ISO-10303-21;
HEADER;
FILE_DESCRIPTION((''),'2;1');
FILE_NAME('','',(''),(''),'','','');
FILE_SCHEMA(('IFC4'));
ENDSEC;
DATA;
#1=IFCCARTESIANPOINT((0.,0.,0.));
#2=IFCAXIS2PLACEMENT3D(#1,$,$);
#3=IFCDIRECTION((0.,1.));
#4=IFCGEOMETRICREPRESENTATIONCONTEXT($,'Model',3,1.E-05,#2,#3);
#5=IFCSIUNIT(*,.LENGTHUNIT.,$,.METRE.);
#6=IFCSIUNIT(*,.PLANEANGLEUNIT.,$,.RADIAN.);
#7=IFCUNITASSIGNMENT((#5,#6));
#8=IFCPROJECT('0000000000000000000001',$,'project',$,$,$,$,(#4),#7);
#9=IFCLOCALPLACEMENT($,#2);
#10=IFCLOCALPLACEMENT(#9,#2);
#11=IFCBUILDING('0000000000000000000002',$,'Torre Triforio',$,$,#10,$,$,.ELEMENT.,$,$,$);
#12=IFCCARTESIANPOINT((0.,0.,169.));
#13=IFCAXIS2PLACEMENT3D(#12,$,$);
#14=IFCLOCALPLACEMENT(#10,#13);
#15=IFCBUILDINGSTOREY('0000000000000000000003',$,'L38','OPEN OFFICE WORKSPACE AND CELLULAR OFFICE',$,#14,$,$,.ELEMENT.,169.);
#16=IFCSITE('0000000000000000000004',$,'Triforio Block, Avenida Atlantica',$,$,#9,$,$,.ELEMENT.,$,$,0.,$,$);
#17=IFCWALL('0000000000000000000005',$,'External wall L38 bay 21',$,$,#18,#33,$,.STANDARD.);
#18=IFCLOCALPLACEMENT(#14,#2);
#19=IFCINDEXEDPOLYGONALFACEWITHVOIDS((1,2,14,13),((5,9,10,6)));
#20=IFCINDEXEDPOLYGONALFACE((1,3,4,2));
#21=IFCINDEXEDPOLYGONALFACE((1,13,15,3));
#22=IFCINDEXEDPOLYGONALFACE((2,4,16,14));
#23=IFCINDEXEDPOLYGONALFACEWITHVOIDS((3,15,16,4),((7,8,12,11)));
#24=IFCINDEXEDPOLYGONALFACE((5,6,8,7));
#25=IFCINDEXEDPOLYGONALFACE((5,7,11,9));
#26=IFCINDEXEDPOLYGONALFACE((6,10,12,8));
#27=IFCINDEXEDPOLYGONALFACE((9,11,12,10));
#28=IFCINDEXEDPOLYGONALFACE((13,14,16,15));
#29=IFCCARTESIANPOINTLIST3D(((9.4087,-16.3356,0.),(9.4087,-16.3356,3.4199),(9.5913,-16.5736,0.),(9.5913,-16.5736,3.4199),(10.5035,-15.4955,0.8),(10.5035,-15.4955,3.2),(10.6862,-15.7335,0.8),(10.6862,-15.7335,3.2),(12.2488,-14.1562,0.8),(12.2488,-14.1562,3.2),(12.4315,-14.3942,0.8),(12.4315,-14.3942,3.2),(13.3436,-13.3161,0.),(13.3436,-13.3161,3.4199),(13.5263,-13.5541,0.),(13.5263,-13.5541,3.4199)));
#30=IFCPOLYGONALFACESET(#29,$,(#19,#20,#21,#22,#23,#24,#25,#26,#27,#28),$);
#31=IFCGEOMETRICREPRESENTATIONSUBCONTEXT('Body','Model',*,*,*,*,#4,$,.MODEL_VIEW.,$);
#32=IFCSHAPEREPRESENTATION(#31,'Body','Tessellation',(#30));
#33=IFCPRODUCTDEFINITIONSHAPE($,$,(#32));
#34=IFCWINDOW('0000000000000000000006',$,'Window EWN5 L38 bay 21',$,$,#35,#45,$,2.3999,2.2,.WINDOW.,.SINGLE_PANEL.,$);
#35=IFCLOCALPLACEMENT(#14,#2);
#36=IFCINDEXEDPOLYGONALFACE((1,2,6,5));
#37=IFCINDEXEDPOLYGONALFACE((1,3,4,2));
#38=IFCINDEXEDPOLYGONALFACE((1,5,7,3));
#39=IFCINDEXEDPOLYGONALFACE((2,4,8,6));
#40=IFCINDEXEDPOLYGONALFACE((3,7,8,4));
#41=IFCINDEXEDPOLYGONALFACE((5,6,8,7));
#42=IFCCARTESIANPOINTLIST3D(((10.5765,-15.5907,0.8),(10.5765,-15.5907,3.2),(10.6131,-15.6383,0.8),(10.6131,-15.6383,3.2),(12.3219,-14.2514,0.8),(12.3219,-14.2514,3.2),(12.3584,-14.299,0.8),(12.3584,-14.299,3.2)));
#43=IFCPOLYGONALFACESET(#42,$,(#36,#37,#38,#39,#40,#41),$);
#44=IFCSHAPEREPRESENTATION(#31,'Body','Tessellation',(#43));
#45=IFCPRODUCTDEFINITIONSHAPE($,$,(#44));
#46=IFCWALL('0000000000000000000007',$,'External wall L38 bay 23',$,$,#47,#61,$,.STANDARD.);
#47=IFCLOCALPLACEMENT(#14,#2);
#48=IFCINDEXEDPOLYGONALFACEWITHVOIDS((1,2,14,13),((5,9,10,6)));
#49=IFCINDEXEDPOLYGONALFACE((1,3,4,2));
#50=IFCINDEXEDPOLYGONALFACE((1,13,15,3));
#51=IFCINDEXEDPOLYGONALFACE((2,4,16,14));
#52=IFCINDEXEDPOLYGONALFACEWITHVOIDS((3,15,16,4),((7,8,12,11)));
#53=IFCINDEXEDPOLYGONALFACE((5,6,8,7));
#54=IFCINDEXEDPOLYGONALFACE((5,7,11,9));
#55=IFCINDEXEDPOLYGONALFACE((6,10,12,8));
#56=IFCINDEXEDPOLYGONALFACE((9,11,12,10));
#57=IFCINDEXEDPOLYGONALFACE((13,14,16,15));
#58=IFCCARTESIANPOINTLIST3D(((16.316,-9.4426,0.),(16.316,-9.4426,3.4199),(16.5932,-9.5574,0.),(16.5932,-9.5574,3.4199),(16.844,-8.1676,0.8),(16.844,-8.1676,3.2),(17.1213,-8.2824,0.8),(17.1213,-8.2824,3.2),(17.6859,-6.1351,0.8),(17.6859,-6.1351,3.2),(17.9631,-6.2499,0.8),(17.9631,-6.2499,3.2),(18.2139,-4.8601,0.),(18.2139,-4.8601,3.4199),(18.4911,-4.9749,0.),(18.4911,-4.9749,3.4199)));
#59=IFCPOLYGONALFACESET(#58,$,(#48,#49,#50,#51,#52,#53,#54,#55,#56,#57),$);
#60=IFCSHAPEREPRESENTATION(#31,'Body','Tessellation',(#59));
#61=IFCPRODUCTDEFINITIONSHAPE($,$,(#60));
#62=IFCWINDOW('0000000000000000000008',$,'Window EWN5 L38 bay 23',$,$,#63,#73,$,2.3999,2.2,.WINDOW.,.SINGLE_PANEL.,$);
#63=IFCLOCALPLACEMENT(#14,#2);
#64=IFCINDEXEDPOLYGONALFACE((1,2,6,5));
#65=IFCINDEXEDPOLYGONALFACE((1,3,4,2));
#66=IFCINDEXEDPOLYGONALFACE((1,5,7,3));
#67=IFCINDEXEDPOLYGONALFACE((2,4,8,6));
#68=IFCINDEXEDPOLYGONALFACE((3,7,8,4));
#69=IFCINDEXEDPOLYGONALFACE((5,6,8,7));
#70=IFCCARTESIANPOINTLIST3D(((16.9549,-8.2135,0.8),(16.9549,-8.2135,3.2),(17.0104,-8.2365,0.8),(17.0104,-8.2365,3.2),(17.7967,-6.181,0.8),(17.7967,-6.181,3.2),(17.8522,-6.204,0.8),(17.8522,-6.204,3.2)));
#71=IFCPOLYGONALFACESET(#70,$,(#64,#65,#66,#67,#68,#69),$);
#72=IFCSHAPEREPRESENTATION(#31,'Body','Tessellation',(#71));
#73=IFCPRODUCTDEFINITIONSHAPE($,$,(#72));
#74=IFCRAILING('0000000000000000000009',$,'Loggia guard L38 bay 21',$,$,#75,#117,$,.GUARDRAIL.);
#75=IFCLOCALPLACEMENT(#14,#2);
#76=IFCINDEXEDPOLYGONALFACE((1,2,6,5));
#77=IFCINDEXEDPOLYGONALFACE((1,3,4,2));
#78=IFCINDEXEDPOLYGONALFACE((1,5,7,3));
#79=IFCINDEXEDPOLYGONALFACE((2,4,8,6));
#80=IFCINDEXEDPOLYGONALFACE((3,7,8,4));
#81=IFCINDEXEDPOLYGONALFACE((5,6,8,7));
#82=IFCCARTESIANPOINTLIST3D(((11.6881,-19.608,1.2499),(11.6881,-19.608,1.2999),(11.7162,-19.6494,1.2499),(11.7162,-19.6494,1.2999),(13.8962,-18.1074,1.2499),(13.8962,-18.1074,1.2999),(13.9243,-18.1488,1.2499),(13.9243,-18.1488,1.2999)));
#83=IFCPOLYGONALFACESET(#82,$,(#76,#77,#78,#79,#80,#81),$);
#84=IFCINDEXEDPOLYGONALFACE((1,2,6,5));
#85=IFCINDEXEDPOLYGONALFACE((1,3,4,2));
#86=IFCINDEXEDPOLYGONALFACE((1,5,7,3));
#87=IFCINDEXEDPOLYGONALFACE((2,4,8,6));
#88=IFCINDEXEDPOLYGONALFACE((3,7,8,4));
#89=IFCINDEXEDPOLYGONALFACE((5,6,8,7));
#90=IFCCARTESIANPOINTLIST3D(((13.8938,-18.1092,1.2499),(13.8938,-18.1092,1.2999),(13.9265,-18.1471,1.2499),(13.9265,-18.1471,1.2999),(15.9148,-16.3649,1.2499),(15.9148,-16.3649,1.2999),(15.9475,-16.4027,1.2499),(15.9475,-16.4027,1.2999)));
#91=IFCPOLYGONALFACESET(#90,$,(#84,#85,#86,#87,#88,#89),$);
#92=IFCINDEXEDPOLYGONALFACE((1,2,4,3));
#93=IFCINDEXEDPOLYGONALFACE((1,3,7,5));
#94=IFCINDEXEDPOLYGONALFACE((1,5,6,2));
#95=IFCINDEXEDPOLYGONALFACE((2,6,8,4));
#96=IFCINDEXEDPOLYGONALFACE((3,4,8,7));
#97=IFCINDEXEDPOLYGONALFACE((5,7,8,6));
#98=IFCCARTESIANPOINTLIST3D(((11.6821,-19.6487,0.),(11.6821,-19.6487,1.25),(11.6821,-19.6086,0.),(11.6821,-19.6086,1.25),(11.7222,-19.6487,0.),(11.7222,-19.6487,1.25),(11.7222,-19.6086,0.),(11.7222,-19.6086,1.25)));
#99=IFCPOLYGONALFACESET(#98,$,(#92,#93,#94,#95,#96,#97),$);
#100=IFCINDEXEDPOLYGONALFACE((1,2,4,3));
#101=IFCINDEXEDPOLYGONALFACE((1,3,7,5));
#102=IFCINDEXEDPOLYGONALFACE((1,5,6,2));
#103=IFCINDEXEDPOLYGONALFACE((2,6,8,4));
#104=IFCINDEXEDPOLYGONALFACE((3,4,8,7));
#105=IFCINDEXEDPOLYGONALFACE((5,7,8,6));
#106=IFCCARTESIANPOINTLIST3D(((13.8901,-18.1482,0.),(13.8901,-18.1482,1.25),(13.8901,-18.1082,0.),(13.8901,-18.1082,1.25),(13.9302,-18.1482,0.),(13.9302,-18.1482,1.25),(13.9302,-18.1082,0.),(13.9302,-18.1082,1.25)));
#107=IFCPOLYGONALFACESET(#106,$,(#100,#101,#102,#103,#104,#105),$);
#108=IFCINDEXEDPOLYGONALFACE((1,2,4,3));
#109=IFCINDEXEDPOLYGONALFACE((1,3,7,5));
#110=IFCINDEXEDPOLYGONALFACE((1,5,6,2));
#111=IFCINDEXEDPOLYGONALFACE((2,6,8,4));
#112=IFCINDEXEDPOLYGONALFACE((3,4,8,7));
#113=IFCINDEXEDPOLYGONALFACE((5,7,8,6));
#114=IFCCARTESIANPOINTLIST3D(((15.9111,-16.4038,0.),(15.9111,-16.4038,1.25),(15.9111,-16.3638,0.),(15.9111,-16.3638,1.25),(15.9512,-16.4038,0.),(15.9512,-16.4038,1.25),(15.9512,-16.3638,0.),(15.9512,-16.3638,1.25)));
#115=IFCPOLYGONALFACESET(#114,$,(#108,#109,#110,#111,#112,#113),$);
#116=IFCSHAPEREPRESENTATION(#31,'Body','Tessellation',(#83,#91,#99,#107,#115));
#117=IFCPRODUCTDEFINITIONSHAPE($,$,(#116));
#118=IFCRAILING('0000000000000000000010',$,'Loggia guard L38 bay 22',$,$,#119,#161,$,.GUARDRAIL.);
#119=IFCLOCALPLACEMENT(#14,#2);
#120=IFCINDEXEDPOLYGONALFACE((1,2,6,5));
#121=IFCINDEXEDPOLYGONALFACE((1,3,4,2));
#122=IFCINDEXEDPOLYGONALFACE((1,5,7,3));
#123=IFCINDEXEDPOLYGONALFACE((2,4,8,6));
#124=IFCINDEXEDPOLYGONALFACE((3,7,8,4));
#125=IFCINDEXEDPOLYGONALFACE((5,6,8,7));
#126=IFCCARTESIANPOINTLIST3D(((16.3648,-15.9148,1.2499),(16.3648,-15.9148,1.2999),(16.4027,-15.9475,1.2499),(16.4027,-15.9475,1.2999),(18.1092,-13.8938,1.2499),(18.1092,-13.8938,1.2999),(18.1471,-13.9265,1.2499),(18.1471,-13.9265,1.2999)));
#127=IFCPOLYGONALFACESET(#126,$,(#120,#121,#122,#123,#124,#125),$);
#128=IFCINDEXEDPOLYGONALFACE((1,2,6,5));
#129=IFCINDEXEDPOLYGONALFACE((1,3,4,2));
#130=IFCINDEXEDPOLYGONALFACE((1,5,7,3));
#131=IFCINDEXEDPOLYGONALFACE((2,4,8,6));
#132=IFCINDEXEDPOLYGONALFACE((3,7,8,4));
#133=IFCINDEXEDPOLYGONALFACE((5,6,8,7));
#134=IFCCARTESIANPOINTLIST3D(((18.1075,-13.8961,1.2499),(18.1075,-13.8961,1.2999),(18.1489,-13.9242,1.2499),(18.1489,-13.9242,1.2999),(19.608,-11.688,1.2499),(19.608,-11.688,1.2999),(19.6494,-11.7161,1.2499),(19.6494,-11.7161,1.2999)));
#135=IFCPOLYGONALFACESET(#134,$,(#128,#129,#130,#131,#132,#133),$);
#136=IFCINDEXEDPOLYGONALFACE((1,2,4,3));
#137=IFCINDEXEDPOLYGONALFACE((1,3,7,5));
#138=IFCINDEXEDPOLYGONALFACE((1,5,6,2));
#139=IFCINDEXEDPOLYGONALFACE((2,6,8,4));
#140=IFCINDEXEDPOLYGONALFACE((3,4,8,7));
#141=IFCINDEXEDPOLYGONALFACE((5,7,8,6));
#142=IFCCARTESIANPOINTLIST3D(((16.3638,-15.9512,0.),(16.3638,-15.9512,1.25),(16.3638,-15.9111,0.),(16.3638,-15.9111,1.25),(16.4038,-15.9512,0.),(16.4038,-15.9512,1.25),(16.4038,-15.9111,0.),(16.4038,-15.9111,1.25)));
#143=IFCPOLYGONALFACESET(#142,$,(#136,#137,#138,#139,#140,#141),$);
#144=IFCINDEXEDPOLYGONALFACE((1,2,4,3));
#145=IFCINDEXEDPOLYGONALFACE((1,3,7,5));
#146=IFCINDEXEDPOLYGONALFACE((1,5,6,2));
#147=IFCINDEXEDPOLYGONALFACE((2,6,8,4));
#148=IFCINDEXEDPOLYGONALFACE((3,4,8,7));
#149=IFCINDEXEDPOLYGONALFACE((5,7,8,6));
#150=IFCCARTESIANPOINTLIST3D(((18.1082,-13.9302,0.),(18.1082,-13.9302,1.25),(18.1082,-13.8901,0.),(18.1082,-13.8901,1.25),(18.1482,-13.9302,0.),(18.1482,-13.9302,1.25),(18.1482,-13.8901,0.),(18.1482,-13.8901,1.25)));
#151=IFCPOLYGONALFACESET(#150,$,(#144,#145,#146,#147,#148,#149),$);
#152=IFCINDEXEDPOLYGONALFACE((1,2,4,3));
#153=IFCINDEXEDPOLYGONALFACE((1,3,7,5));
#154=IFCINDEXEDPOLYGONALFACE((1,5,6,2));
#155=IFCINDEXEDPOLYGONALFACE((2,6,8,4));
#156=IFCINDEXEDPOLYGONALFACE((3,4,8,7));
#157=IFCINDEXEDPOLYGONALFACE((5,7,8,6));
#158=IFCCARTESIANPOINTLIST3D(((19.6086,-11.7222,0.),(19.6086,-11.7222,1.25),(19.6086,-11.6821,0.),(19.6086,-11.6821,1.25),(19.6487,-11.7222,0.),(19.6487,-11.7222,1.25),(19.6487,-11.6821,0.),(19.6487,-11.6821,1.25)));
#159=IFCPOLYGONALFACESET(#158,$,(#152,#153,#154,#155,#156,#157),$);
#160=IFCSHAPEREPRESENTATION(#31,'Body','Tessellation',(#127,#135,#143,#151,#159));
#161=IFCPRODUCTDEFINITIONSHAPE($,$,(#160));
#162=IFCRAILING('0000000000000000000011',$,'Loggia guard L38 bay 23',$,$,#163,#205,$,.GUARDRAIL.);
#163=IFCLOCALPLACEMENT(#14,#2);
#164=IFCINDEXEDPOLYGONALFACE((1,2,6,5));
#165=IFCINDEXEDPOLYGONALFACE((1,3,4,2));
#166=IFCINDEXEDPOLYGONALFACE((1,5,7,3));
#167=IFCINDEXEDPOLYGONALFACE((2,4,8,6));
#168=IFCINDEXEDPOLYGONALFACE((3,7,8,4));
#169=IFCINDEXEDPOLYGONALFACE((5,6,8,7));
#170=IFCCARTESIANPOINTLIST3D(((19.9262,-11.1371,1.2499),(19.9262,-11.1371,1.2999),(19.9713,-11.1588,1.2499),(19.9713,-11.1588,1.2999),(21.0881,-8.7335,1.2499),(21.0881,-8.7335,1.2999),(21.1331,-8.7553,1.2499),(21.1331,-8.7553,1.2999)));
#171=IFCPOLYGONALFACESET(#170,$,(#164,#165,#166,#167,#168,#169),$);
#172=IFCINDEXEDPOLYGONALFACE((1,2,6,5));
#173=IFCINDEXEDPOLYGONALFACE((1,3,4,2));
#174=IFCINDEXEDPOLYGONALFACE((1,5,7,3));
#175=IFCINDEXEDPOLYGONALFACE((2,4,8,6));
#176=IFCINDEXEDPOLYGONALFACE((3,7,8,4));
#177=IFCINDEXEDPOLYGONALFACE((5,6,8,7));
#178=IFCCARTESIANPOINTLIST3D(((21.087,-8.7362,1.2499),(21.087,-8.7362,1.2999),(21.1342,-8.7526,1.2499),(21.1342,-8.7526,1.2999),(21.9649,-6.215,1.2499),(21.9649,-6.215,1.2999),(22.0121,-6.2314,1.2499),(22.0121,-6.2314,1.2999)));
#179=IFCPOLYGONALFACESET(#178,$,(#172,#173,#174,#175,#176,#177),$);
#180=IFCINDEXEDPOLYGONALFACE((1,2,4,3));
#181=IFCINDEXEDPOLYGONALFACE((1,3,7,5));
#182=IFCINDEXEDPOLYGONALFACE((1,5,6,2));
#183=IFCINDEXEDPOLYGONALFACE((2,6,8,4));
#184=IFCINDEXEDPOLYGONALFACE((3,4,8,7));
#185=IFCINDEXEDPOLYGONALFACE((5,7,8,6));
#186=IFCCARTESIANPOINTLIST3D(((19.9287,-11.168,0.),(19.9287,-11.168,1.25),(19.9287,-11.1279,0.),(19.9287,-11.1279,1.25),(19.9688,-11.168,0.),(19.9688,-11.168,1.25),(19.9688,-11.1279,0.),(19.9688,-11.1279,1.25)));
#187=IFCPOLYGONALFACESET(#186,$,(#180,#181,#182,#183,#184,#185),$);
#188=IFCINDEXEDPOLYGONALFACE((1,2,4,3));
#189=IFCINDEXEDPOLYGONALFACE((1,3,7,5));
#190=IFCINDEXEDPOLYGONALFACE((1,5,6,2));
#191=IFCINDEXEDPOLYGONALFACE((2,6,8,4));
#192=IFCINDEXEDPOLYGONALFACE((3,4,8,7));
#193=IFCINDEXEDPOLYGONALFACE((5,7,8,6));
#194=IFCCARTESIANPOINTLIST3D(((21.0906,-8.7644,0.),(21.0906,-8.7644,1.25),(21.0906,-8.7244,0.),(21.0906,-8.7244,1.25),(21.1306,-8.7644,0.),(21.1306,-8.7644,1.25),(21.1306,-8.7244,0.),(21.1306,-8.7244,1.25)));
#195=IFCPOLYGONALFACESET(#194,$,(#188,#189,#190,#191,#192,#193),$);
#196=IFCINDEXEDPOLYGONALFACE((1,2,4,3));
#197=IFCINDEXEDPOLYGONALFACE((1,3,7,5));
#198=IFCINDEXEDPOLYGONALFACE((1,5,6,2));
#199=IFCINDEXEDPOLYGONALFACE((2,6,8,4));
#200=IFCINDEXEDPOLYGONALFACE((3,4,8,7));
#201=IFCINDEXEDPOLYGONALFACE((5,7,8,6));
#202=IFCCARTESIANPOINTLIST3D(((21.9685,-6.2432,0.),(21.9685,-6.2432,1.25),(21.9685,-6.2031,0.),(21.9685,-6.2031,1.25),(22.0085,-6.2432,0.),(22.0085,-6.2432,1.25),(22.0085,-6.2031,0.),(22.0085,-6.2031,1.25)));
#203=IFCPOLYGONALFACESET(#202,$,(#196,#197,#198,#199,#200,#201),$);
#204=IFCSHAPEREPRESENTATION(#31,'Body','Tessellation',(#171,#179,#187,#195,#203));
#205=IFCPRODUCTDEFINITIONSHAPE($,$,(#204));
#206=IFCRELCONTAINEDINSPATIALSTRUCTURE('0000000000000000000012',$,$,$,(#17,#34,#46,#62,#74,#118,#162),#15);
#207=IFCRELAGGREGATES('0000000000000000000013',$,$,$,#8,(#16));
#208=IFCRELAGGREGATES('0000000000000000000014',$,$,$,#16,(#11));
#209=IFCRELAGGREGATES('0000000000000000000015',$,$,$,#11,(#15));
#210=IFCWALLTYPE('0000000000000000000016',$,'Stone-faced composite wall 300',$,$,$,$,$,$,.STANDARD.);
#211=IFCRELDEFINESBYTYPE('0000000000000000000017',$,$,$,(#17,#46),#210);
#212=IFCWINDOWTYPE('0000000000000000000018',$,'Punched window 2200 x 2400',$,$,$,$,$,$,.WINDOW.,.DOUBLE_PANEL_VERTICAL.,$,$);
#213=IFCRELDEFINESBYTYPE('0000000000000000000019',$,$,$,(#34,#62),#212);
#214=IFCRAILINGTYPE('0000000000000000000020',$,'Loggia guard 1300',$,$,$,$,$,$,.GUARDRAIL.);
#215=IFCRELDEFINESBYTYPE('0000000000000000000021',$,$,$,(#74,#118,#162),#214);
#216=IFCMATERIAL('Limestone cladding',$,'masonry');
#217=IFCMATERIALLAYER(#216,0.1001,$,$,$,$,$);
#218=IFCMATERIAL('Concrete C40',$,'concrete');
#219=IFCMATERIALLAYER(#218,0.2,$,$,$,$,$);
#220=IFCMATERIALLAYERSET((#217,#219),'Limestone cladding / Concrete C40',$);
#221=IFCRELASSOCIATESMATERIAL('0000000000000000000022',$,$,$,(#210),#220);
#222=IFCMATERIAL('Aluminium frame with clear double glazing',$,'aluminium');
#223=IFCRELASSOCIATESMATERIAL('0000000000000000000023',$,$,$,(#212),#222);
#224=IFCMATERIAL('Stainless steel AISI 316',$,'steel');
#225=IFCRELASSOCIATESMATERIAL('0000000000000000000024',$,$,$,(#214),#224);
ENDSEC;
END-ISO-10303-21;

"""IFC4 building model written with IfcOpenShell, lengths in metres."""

from ifc_helpers import new_model, si_unit, direction, frame, frame_2d, origin, origin_2d, place, context, subcontext, project, spatial, rectangle, extrude, material, layer, layer_set, type_object, element, fill, save


model = new_model("IFC4")

# Units and contexts
model_context = context("Model", 3, precision=1e-05, world=origin(), true_north=direction((0.0, 1.0)))
body_context = subcontext(model_context, "Body", "Model", "MODEL_VIEW")
ifc_project = project(units=[si_unit("LENGTHUNIT", "METRE"), si_unit("PLANEANGLEUNIT", "RADIAN")], contexts=[model_context])

# Site, building, storey
site_placement = place(None, origin())
site = spatial("IfcSite", under=ifc_project, at=site_placement, Name="Triforio Block, Avenida Atlantica", CompositionType="ELEMENT", RefElevation=0.0)
building_placement = place(site_placement, origin())
building = spatial("IfcBuilding", under=site, at=building_placement, Name="Torre Triforio", CompositionType="ELEMENT")
storey_placement = place(building_placement, frame((0.0, 0.0, 169.0)))
storey = spatial("IfcBuildingStorey", under=building, at=storey_placement, Name="L38", Description="OPEN OFFICE WORKSPACE AND CELLULAR OFFICE", CompositionType="ELEMENT", Elevation=169.0)

# Shared definitions
ifc_material_1 = material(Name="Concrete C40", Category="concrete")

# Shared definitions
ifc_material_2 = material(Name="Limestone cladding", Category="masonry")

# Wall, opening, window
ifc_layer_1 = layer(ifc_material_2, 0.1001)
ifc_layer_2 = layer(ifc_material_1, 0.2)
ifc_layer_set_1 = layer_set([ifc_layer_1, ifc_layer_2], Name="Limestone cladding / Concrete C40")
wall_type_1 = type_object("IfcWallType", Name="Stone-faced composite wall 300", PredefinedType="STANDARD", material=ifc_layer_set_1)
wall_1_placement = place(storey_placement, frame((9.5, -16.4546, 0.0), z_axis=(0.0, 0.0, 1.0), x_axis=(0.793348, 0.608768, 0.0)))
wall_1 = element("IfcWall", 1, at=wall_1_placement, inside=storey, type_object=wall_type_1, Name="External wall L38 bay 21", PredefinedType="STANDARD", context=body_context, shape_type="SweptSolid", body=[
    extrude(rectangle(XDim=4.96, YDim=0.3, at=frame_2d((2.48, 0.0))), origin(), (0.0, 0.0, 1.0), 3.4199),
])
opening_1_placement = place(wall_1_placement, frame((1.3799, 0.0, 0.8)))
opening_1 = element("IfcOpeningElement", 2, at=opening_1_placement, cuts=wall_1, PredefinedType="OPENING", context=body_context, shape_type="SweptSolid", body=[
    extrude(rectangle(XDim=2.2, YDim=2.3999, at=frame_2d((1.1001, 1.2))), frame((0.0, 0.1599, 0.0), z_axis=(0.0, -1.0, 0.0), x_axis=(1.0, 0.0, 0.0)), (0.0, 0.0, 1.0), 0.3201),
])
ifc_material_3 = material(Name="Aluminium frame with clear double glazing", Category="aluminium")
window_type_1 = type_object("IfcWindowType", Name="Punched window 2200 x 2400", PartitioningType="DOUBLE_PANEL_VERTICAL", PredefinedType="WINDOW", material=ifc_material_3)
window_1_placement = place(opening_1_placement, origin())
window_1 = element("IfcWindow", 3, at=window_1_placement, inside=storey, type_object=window_type_1, Name="Window EWN5 L38 bay 21", OverallHeight=2.3999, OverallWidth=2.2, PartitioningType="SINGLE_PANEL", PredefinedType="WINDOW", context=body_context, shape_type="SweptSolid", body=[
    extrude(rectangle(XDim=2.2, YDim=2.3999, at=frame_2d((1.1001, 1.2))), frame((0.0, 0.03, 0.0), z_axis=(0.0, -1.0, 0.0), x_axis=(1.0, 0.0, 0.0)), (0.0, 0.0, 1.0), 0.0601),
])
fill(opening_1, window_1)

# Wall, opening, window
wall_2_placement = place(storey_placement, frame((16.4546, -9.5, 0.0), z_axis=(0.0, 0.0, 1.0), x_axis=(0.38265, 0.923893, 0.0)))
wall_2 = element("IfcWall", 4, at=wall_2_placement, inside=storey, type_object=wall_type_1, Name="External wall L38 bay 23", PredefinedType="STANDARD", context=body_context, shape_type="SweptSolid", body=[
    extrude(rectangle(XDim=4.96, YDim=0.3, at=frame_2d((2.48, 0.0))), origin(), (0.0, 0.0, 1.0), 3.4199),
])
opening_2_placement = place(wall_2_placement, frame((1.3799, 0.0, 0.8)))
opening_2 = element("IfcOpeningElement", 5, at=opening_2_placement, cuts=wall_2, PredefinedType="OPENING", context=body_context, shape_type="SweptSolid", body=[
    extrude(rectangle(XDim=2.2, YDim=2.3999, at=frame_2d((1.1001, 1.2))), frame((0.0, 0.1599, 0.0), z_axis=(0.0, -1.0, 0.0), x_axis=(1.0, 0.0, 0.0)), (0.0, 0.0, 1.0), 0.3201),
])
window_2_placement = place(opening_2_placement, origin())
window_2 = element("IfcWindow", 6, at=window_2_placement, inside=storey, type_object=window_type_1, Name="Window EWN5 L38 bay 23", OverallHeight=2.3999, OverallWidth=2.2, PartitioningType="SINGLE_PANEL", PredefinedType="WINDOW", context=body_context, shape_type="SweptSolid", body=[
    extrude(rectangle(XDim=2.2, YDim=2.3999, at=frame_2d((1.1001, 1.2))), frame((0.0, 0.03, 0.0), z_axis=(0.0, -1.0, 0.0), x_axis=(1.0, 0.0, 0.0)), (0.0, 0.0, 1.0), 0.0601),
])
fill(opening_2, window_2)

# Railings
ifc_material_4 = material(Name="Stainless steel AISI 316", Category="steel")
railing_type = type_object("IfcRailingType", Name="Loggia guard 1300", PredefinedType="GUARDRAIL", material=ifc_material_4)
railing_1_placement = place(storey_placement, frame((11.7021, -19.6287, 0.0)))
element("IfcRailing", 7, at=railing_1_placement, inside=storey, type_object=railing_type, Name="Loggia guard L38 bay 21", PredefinedType="GUARDRAIL", context=body_context, shape_type="SweptSolid", body=[
    extrude(rectangle(XDim=0.05, YDim=0.05, at=origin_2d()), frame((0.0, 0.0, 1.2749), z_axis=(0.827093, 0.562065, 0.0), x_axis=(-0.562065, 0.827093, 0.0)), (0.0, 0.0, 1.0), 2.6697),
    extrude(rectangle(XDim=0.05, YDim=0.05, at=origin_2d()), frame((2.208, 1.5005, 1.2749), z_axis=(0.757012, 0.653401, 0.0), x_axis=(-0.653401, 0.757012, 0.0)), (0.0, 0.0, 1.0), 2.6697),
    extrude(rectangle(XDim=0.04, YDim=0.04, at=origin_2d()), origin(), (0.0, 0.0, 1.0), 1.25),
    extrude(rectangle(XDim=0.04, YDim=0.04, at=origin_2d()), frame((2.208, 1.5005, 0.0)), (0.0, 0.0, 1.0), 1.25),
    extrude(rectangle(XDim=0.04, YDim=0.04, at=origin_2d()), frame((4.229, 3.2449, 0.0)), (0.0, 0.0, 1.0), 1.25),
])
railing_2_placement = place(storey_placement, frame((16.3838, -15.9312, 0.0)))
element("IfcRailing", 8, at=railing_2_placement, inside=storey, type_object=railing_type, Name="Loggia guard L38 bay 22", PredefinedType="GUARDRAIL", context=body_context, shape_type="SweptSolid", body=[
    extrude(rectangle(XDim=0.05, YDim=0.05, at=origin_2d()), frame((0.0, 0.0, 1.2749), z_axis=(0.653401, 0.757012, 0.0), x_axis=(-0.757012, 0.653401, 0.0)), (0.0, 0.0, 1.0), 2.6697),
    extrude(rectangle(XDim=0.05, YDim=0.05, at=origin_2d()), frame((1.7444, 2.021, 1.2749), z_axis=(0.562065, 0.827093, 0.0), x_axis=(-0.827093, 0.562065, 0.0)), (0.0, 0.0, 1.0), 2.6697),
    extrude(rectangle(XDim=0.04, YDim=0.04, at=origin_2d()), origin(), (0.0, 0.0, 1.0), 1.25),
    extrude(rectangle(XDim=0.04, YDim=0.04, at=origin_2d()), frame((1.7444, 2.021, 0.0)), (0.0, 0.0, 1.0), 1.25),
    extrude(rectangle(XDim=0.04, YDim=0.04, at=origin_2d()), frame((3.2449, 4.229, 0.0)), (0.0, 0.0, 1.0), 1.25),
])
railing_3_placement = place(storey_placement, frame((19.9487, -11.1479, 0.0)))
element("IfcRailing", 9, at=railing_3_placement, inside=storey, type_object=railing_type, Name="Loggia guard L38 bay 23", PredefinedType="GUARDRAIL", context=body_context, shape_type="SweptSolid", body=[
    extrude(rectangle(XDim=0.05, YDim=0.05, at=origin_2d()), frame((0.0, 0.0, 1.2749), z_axis=(0.435212, 0.900328, 0.0), x_axis=(-0.900328, 0.435212, 0.0)), (0.0, 0.0, 1.0), 2.6697),
    extrude(rectangle(XDim=0.05, YDim=0.05, at=origin_2d()), frame((1.1619, 2.4036, 1.2749), z_axis=(0.328847, 0.944383, 0.0), x_axis=(-0.944383, 0.328847, 0.0)), (0.0, 0.0, 1.0), 2.6697),
    extrude(rectangle(XDim=0.04, YDim=0.04, at=origin_2d()), origin(), (0.0, 0.0, 1.0), 1.25),
    extrude(rectangle(XDim=0.04, YDim=0.04, at=origin_2d()), frame((1.1619, 2.4036, 0.0)), (0.0, 0.0, 1.0), 1.25),
    extrude(rectangle(XDim=0.04, YDim=0.04, at=origin_2d()), frame((2.0398, 4.9248, 0.0)), (0.0, 0.0, 1.0), 1.25),
])

save(model, "model.ifc")
